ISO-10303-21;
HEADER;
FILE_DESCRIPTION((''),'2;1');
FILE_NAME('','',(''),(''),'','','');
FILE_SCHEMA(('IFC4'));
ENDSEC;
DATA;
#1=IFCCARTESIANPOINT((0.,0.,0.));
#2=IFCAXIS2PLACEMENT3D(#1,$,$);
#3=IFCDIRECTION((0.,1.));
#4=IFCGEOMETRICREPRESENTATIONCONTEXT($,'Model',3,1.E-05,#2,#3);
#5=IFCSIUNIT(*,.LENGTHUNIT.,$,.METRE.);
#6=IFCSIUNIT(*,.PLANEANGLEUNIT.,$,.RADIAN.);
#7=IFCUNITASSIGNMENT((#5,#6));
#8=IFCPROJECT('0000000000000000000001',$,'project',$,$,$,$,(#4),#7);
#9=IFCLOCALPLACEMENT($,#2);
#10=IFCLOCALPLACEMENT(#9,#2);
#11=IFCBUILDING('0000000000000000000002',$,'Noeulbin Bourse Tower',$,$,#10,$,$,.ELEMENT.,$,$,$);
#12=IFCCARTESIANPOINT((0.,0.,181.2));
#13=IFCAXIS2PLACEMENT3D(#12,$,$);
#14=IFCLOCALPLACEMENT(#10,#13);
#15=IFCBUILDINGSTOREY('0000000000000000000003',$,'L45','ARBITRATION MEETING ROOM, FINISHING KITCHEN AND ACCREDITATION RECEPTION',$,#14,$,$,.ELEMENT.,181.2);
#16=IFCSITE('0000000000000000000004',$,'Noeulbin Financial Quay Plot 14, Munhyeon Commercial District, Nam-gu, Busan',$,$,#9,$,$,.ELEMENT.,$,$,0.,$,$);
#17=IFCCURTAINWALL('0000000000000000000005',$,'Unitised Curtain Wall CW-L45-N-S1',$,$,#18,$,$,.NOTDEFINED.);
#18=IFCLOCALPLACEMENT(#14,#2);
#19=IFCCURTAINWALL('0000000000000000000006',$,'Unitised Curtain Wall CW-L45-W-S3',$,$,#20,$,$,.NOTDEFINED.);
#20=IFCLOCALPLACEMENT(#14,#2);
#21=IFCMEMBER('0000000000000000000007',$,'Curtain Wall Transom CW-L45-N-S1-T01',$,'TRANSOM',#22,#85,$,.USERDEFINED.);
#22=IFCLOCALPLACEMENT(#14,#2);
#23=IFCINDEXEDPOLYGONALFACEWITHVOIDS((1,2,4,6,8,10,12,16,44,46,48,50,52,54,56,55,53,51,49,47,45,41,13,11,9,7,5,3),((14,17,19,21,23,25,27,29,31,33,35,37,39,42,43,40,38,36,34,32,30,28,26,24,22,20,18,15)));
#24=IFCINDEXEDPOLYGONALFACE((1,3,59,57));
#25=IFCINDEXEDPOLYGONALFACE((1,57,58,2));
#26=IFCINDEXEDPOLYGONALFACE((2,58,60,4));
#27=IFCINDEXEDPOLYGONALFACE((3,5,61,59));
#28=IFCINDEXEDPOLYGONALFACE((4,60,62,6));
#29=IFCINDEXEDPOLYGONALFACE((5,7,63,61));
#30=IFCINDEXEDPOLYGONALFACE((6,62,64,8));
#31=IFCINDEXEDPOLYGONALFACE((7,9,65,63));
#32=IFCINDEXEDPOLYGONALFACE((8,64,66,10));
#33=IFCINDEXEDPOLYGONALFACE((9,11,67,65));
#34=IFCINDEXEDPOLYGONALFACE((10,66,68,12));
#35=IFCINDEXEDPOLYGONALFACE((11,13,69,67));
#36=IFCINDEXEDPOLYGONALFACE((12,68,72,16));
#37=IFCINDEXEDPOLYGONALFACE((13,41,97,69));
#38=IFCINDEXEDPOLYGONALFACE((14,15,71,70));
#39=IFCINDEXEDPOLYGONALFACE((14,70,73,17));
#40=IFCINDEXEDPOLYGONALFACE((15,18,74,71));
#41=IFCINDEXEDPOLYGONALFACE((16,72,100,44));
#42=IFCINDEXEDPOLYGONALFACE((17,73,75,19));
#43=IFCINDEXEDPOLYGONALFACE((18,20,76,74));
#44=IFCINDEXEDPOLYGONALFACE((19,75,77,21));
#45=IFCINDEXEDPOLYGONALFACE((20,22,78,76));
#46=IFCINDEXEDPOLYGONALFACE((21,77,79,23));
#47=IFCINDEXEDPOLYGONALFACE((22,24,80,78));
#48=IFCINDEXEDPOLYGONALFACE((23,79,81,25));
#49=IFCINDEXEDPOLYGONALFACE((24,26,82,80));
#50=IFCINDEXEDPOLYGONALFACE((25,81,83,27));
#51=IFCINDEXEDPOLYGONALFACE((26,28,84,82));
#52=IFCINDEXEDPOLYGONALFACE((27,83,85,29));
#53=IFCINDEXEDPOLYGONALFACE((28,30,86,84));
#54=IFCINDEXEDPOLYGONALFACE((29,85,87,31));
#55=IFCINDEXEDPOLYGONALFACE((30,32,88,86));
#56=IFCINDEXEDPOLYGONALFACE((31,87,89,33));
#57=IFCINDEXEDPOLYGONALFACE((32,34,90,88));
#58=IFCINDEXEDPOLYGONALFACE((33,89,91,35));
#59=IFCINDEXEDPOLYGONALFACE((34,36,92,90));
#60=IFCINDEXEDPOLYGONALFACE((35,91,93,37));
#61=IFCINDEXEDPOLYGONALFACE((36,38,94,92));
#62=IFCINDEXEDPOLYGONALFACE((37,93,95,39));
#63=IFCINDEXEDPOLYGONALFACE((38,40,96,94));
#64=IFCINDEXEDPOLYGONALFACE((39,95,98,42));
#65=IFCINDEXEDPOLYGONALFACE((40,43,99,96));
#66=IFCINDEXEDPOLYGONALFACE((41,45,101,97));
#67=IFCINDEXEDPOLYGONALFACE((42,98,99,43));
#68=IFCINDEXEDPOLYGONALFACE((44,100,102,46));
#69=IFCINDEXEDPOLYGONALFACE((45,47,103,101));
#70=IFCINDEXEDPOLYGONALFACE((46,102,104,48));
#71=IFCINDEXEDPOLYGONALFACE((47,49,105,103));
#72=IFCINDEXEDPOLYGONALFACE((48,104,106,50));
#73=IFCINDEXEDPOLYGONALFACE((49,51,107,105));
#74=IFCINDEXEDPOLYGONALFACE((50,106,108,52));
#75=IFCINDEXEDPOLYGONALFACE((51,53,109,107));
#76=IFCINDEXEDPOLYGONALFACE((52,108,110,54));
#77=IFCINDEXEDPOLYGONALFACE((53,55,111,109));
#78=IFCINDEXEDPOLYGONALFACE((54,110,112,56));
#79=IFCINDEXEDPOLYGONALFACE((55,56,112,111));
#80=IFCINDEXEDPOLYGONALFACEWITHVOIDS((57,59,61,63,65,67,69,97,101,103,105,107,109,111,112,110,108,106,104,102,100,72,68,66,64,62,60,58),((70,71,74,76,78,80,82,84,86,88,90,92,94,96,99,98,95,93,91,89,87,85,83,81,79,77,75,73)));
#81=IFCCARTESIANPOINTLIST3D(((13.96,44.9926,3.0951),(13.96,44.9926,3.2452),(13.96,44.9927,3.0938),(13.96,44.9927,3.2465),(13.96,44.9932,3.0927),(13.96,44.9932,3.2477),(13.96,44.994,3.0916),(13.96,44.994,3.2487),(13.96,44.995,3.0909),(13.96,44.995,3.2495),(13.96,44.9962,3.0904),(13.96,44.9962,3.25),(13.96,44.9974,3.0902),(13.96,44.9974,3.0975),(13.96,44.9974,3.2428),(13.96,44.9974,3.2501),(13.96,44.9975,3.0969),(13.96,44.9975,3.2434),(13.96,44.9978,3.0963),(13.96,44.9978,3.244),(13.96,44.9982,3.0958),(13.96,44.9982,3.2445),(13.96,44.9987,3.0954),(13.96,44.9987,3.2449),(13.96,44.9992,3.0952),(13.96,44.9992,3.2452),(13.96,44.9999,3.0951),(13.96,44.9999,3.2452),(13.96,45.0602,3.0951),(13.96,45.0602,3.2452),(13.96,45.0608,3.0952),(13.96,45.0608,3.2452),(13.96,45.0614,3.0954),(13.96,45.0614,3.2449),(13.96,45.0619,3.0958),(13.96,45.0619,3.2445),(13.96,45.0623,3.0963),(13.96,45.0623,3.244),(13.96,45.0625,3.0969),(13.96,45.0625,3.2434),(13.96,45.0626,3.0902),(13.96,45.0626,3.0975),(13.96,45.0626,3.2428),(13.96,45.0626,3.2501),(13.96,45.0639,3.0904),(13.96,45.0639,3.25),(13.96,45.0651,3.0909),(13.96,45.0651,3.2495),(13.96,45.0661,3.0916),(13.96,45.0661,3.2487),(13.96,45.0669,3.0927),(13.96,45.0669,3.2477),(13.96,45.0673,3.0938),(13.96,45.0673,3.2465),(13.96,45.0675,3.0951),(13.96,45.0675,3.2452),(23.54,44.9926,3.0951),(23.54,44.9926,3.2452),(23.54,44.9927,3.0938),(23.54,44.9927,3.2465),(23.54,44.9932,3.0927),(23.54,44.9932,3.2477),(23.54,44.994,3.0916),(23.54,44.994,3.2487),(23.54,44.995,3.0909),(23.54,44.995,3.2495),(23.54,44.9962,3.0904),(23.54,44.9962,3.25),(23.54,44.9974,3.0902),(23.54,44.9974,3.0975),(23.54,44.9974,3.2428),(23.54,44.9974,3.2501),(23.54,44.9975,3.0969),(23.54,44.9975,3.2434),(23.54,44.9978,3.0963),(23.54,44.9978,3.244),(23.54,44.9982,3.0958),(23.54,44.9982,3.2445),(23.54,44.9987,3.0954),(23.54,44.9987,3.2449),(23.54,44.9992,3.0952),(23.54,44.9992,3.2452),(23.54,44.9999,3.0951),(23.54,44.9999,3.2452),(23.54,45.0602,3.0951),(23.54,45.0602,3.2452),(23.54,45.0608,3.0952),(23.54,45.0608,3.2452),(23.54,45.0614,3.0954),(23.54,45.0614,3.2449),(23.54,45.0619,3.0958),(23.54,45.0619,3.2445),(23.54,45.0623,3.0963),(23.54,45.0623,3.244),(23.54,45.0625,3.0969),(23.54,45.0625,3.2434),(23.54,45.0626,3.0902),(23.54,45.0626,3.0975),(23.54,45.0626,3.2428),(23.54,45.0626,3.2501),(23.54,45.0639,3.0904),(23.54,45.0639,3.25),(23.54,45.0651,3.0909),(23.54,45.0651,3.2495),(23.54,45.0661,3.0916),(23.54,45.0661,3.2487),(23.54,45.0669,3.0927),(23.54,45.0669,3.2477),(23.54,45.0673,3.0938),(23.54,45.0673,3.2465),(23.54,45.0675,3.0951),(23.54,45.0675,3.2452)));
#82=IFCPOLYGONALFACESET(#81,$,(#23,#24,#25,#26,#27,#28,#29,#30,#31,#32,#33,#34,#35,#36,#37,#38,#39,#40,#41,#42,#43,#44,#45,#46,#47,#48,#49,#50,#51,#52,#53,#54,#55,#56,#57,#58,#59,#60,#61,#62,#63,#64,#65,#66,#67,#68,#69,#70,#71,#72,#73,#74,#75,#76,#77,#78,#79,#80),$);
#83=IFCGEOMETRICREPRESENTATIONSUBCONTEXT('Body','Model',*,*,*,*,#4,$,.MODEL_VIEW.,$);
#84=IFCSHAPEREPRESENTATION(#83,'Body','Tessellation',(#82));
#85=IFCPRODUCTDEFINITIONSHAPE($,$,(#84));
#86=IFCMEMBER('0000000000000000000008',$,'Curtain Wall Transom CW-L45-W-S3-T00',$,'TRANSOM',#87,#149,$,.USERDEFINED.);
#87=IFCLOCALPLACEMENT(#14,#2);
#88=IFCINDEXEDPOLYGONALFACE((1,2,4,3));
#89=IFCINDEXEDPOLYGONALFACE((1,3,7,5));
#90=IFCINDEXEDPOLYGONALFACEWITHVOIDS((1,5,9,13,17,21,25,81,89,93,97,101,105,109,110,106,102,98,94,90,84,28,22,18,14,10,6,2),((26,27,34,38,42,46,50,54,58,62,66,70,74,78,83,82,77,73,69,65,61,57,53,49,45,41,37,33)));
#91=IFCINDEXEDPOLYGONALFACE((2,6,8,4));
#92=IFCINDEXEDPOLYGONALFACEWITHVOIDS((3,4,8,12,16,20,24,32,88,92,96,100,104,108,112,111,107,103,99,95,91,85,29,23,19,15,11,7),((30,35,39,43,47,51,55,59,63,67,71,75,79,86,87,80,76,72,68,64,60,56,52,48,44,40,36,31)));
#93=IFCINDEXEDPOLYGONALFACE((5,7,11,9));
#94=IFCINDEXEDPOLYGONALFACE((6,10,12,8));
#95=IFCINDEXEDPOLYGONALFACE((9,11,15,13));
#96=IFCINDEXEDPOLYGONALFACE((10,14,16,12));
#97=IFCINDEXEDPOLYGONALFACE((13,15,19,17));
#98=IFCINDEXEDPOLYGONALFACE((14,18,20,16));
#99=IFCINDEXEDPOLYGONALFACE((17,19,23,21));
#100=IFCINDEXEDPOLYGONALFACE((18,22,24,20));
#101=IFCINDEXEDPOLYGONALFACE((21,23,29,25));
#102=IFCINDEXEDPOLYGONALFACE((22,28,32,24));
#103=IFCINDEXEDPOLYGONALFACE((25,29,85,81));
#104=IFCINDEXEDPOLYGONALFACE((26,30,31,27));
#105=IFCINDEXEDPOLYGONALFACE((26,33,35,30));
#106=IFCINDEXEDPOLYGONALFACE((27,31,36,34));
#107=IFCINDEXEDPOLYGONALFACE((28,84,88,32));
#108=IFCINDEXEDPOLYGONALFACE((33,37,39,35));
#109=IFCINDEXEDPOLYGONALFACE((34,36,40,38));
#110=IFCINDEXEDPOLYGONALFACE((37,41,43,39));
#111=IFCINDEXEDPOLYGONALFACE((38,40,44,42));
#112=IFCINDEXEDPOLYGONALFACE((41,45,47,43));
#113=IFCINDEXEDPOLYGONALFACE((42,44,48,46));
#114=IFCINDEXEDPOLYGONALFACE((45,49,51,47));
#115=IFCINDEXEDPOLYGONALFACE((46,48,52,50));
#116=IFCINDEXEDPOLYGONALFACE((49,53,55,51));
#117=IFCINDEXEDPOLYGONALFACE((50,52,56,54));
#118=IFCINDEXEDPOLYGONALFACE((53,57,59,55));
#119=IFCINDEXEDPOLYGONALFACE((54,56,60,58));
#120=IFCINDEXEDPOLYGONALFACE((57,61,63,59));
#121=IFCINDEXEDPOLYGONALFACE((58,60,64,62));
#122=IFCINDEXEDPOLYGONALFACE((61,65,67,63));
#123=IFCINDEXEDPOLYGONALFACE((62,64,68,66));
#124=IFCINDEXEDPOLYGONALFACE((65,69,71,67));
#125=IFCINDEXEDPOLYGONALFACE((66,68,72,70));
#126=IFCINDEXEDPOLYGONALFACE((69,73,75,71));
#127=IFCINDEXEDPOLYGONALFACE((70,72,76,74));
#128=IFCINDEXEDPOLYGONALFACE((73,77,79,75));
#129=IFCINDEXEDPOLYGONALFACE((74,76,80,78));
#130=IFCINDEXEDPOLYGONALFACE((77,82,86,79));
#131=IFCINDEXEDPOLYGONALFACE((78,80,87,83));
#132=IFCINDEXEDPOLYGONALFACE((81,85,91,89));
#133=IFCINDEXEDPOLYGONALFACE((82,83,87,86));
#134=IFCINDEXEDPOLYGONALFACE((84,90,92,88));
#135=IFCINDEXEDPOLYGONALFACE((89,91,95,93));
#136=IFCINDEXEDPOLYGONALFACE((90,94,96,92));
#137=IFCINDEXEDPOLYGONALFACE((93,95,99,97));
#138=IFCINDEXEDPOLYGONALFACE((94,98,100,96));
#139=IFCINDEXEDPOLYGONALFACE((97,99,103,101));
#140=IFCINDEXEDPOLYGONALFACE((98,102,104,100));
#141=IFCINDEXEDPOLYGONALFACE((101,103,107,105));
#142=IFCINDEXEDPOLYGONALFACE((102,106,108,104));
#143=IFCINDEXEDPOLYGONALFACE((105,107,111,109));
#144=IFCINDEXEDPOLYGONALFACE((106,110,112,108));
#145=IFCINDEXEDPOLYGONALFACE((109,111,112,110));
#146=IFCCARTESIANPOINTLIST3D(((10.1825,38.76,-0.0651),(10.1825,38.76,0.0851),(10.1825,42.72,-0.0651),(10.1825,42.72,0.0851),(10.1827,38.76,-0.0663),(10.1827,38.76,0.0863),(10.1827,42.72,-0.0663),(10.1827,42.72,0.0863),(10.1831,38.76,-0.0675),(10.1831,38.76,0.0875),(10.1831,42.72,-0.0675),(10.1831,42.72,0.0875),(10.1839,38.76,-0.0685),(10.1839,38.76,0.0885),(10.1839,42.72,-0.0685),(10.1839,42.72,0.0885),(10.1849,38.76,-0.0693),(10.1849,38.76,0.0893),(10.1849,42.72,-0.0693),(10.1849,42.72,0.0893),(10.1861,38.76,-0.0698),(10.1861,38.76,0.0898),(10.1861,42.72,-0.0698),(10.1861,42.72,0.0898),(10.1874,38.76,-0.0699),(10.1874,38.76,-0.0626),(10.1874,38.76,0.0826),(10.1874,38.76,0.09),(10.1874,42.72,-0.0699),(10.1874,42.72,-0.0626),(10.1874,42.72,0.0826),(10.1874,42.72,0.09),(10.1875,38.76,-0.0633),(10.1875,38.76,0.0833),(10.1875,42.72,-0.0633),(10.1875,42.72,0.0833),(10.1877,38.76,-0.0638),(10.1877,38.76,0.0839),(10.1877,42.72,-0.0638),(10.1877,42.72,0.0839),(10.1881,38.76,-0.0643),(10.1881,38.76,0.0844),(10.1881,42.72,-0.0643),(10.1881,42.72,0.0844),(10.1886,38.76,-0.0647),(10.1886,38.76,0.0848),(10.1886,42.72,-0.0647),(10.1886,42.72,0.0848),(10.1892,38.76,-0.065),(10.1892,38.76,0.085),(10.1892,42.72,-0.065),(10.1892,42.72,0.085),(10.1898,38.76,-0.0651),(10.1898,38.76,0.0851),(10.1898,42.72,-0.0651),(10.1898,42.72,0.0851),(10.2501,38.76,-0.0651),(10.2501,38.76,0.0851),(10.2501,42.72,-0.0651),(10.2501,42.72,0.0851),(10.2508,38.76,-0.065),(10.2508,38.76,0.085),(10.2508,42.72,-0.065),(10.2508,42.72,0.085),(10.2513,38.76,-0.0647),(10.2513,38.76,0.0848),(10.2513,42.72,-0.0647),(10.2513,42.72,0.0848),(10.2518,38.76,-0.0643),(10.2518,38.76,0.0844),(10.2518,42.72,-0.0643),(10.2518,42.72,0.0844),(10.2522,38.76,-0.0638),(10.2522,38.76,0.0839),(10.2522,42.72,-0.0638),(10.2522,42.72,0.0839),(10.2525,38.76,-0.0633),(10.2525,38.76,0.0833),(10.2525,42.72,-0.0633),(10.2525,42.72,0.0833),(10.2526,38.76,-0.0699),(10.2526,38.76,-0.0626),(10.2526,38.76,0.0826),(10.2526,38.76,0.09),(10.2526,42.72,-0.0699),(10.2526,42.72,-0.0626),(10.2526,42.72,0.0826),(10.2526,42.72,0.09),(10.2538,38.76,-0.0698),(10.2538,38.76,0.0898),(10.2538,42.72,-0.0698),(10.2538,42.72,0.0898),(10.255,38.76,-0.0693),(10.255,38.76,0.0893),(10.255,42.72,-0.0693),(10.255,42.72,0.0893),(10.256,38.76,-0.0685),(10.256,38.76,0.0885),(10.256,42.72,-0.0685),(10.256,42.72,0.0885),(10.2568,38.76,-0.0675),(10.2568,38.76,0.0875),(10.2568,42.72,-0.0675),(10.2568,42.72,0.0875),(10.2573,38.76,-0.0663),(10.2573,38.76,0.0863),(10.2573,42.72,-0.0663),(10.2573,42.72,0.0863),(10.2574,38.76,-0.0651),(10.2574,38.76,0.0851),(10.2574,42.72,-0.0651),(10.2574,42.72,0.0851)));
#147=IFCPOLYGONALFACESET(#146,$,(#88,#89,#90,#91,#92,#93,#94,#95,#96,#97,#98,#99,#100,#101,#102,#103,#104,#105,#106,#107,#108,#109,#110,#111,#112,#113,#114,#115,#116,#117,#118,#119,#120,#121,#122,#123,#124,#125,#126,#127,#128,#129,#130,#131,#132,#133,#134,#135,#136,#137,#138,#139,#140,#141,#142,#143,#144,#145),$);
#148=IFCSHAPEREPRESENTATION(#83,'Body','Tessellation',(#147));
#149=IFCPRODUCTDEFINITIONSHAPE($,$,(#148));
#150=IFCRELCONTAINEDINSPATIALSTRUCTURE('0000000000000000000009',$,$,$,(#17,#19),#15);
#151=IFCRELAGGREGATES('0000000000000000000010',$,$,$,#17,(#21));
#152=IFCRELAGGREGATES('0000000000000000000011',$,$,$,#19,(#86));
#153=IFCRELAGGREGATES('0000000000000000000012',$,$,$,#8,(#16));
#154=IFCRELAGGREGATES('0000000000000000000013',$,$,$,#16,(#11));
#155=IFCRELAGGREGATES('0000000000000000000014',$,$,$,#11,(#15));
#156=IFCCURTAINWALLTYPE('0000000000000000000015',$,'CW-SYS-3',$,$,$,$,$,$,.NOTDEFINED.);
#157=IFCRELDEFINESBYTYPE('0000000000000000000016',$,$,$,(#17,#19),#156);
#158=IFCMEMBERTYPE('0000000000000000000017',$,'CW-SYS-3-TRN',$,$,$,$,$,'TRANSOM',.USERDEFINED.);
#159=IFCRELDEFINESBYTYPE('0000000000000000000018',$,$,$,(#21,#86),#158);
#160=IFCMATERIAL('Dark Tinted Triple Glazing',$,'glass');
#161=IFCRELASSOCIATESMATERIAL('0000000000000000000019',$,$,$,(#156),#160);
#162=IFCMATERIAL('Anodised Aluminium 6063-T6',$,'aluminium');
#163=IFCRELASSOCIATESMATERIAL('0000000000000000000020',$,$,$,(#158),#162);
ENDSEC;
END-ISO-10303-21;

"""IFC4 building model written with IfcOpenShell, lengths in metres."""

from ifc_helpers import new_model, si_unit, direction, frame, origin, origin_2d, place, context, subcontext, project, spatial, hollow_rectangle, extrude, material, material_profile, profile_set, type_object, element, aggregate, save


model = new_model("IFC4")

# Units and contexts
model_context = context("Model", 3, precision=1e-05, world=origin(), true_north=direction((0.0, 1.0)))
body_context = subcontext(model_context, "Body", "Model", "MODEL_VIEW")
ifc_project = project(units=[si_unit("LENGTHUNIT", "METRE"), si_unit("PLANEANGLEUNIT", "RADIAN")], contexts=[model_context])

# Site, building, storey
site_placement = place(None, origin())
site = spatial("IfcSite", under=ifc_project, at=site_placement, Name="Noeulbin Financial Quay Plot 14, Munhyeon Commercial District, Nam-gu, Busan", CompositionType="ELEMENT", RefElevation=0.0)
building_placement = place(site_placement, origin())
building = spatial("IfcBuilding", under=site, at=building_placement, Name="Noeulbin Bourse Tower", CompositionType="ELEMENT")
storey_placement = place(building_placement, frame((0.0, 0.0, 181.2)))
storey = spatial("IfcBuildingStorey", under=building, at=storey_placement, Name="L45", Description="ARBITRATION MEETING ROOM, FINISHING KITCHEN AND ACCREDITATION RECEPTION", CompositionType="ELEMENT", Elevation=181.2)

# Curtain wall
ifc_material_1 = material(Name="Dark Tinted Triple Glazing", Category="glass")
curtain_wall_type = type_object("IfcCurtainWallType", Name="CW-SYS-3", PredefinedType="NOTDEFINED", material=ifc_material_1)
curtain_wall_1_placement = place(storey_placement, origin())
curtain_wall_1 = element("IfcCurtainWall", 1, at=curtain_wall_1_placement, inside=storey, type_object=curtain_wall_type, Name="Unitised Curtain Wall CW-L45-N-S1", PredefinedType="NOTDEFINED")
ifc_material_2 = material(Name="Anodised Aluminium 6063-T6", Category="aluminium")

# Curtain wall
curtain_wall_2_placement = place(storey_placement, origin())
curtain_wall_2 = element("IfcCurtainWall", 2, at=curtain_wall_2_placement, inside=storey, type_object=curtain_wall_type, Name="Unitised Curtain Wall CW-L45-W-S3", PredefinedType="NOTDEFINED")

# Members
ifc_material_profile_1 = material_profile(ifc_material_2, hollow_rectangle(XDim=0.075, YDim=0.1599, WallThickness=0.0049, InnerFilletRadius=0.0024, OuterFilletRadius=0.0049, at=origin_2d()), Name="ALU-TRAN-75x160x5", Category="LoadBearing")
ifc_profile_set_1 = profile_set([ifc_material_profile_1], Name="Anodised Aluminium 6063-T6")
member_type_1 = type_object("IfcMemberType", Name="CW-SYS-3-TRN", ElementType="TRANSOM", PredefinedType="USERDEFINED", material=ifc_profile_set_1)
member_1_placement = place(storey_placement, frame((13.96, 45.03, 3.1702), z_axis=(1.0, 0.0, 0.0), x_axis=(0.0, 1.0, 0.0)))
member_1 = element("IfcMember", 3, at=member_1_placement, type_object=member_type_1, Name="Curtain Wall Transom CW-L45-N-S1-T01", ObjectType="TRANSOM", PredefinedType="USERDEFINED", context=body_context, shape_type="SweptSolid", body=[
    extrude(hollow_rectangle(XDim=0.075, YDim=0.1599, WallThickness=0.0049, InnerFilletRadius=0.0024, OuterFilletRadius=0.0049, at=origin_2d()), origin(), (0.0, 0.0, 1.0), 9.5801),
])
aggregate(curtain_wall_1, [member_1])
member_2_placement = place(storey_placement, frame((10.22, 38.76, 0.01), z_axis=(0.0, 1.0, 0.0), x_axis=(-1.0, 0.0, 0.0)))
member_2 = element("IfcMember", 4, at=member_2_placement, type_object=member_type_1, Name="Curtain Wall Transom CW-L45-W-S3-T00", ObjectType="TRANSOM", PredefinedType="USERDEFINED", context=body_context, shape_type="SweptSolid", body=[
    extrude(hollow_rectangle(XDim=0.075, YDim=0.1599, WallThickness=0.0049, InnerFilletRadius=0.0024, OuterFilletRadius=0.0049, at=origin_2d()), origin(), (0.0, 0.0, 1.0), 3.96),
])

aggregate(curtain_wall_2, [member_2])

save(model, "model.ifc")
